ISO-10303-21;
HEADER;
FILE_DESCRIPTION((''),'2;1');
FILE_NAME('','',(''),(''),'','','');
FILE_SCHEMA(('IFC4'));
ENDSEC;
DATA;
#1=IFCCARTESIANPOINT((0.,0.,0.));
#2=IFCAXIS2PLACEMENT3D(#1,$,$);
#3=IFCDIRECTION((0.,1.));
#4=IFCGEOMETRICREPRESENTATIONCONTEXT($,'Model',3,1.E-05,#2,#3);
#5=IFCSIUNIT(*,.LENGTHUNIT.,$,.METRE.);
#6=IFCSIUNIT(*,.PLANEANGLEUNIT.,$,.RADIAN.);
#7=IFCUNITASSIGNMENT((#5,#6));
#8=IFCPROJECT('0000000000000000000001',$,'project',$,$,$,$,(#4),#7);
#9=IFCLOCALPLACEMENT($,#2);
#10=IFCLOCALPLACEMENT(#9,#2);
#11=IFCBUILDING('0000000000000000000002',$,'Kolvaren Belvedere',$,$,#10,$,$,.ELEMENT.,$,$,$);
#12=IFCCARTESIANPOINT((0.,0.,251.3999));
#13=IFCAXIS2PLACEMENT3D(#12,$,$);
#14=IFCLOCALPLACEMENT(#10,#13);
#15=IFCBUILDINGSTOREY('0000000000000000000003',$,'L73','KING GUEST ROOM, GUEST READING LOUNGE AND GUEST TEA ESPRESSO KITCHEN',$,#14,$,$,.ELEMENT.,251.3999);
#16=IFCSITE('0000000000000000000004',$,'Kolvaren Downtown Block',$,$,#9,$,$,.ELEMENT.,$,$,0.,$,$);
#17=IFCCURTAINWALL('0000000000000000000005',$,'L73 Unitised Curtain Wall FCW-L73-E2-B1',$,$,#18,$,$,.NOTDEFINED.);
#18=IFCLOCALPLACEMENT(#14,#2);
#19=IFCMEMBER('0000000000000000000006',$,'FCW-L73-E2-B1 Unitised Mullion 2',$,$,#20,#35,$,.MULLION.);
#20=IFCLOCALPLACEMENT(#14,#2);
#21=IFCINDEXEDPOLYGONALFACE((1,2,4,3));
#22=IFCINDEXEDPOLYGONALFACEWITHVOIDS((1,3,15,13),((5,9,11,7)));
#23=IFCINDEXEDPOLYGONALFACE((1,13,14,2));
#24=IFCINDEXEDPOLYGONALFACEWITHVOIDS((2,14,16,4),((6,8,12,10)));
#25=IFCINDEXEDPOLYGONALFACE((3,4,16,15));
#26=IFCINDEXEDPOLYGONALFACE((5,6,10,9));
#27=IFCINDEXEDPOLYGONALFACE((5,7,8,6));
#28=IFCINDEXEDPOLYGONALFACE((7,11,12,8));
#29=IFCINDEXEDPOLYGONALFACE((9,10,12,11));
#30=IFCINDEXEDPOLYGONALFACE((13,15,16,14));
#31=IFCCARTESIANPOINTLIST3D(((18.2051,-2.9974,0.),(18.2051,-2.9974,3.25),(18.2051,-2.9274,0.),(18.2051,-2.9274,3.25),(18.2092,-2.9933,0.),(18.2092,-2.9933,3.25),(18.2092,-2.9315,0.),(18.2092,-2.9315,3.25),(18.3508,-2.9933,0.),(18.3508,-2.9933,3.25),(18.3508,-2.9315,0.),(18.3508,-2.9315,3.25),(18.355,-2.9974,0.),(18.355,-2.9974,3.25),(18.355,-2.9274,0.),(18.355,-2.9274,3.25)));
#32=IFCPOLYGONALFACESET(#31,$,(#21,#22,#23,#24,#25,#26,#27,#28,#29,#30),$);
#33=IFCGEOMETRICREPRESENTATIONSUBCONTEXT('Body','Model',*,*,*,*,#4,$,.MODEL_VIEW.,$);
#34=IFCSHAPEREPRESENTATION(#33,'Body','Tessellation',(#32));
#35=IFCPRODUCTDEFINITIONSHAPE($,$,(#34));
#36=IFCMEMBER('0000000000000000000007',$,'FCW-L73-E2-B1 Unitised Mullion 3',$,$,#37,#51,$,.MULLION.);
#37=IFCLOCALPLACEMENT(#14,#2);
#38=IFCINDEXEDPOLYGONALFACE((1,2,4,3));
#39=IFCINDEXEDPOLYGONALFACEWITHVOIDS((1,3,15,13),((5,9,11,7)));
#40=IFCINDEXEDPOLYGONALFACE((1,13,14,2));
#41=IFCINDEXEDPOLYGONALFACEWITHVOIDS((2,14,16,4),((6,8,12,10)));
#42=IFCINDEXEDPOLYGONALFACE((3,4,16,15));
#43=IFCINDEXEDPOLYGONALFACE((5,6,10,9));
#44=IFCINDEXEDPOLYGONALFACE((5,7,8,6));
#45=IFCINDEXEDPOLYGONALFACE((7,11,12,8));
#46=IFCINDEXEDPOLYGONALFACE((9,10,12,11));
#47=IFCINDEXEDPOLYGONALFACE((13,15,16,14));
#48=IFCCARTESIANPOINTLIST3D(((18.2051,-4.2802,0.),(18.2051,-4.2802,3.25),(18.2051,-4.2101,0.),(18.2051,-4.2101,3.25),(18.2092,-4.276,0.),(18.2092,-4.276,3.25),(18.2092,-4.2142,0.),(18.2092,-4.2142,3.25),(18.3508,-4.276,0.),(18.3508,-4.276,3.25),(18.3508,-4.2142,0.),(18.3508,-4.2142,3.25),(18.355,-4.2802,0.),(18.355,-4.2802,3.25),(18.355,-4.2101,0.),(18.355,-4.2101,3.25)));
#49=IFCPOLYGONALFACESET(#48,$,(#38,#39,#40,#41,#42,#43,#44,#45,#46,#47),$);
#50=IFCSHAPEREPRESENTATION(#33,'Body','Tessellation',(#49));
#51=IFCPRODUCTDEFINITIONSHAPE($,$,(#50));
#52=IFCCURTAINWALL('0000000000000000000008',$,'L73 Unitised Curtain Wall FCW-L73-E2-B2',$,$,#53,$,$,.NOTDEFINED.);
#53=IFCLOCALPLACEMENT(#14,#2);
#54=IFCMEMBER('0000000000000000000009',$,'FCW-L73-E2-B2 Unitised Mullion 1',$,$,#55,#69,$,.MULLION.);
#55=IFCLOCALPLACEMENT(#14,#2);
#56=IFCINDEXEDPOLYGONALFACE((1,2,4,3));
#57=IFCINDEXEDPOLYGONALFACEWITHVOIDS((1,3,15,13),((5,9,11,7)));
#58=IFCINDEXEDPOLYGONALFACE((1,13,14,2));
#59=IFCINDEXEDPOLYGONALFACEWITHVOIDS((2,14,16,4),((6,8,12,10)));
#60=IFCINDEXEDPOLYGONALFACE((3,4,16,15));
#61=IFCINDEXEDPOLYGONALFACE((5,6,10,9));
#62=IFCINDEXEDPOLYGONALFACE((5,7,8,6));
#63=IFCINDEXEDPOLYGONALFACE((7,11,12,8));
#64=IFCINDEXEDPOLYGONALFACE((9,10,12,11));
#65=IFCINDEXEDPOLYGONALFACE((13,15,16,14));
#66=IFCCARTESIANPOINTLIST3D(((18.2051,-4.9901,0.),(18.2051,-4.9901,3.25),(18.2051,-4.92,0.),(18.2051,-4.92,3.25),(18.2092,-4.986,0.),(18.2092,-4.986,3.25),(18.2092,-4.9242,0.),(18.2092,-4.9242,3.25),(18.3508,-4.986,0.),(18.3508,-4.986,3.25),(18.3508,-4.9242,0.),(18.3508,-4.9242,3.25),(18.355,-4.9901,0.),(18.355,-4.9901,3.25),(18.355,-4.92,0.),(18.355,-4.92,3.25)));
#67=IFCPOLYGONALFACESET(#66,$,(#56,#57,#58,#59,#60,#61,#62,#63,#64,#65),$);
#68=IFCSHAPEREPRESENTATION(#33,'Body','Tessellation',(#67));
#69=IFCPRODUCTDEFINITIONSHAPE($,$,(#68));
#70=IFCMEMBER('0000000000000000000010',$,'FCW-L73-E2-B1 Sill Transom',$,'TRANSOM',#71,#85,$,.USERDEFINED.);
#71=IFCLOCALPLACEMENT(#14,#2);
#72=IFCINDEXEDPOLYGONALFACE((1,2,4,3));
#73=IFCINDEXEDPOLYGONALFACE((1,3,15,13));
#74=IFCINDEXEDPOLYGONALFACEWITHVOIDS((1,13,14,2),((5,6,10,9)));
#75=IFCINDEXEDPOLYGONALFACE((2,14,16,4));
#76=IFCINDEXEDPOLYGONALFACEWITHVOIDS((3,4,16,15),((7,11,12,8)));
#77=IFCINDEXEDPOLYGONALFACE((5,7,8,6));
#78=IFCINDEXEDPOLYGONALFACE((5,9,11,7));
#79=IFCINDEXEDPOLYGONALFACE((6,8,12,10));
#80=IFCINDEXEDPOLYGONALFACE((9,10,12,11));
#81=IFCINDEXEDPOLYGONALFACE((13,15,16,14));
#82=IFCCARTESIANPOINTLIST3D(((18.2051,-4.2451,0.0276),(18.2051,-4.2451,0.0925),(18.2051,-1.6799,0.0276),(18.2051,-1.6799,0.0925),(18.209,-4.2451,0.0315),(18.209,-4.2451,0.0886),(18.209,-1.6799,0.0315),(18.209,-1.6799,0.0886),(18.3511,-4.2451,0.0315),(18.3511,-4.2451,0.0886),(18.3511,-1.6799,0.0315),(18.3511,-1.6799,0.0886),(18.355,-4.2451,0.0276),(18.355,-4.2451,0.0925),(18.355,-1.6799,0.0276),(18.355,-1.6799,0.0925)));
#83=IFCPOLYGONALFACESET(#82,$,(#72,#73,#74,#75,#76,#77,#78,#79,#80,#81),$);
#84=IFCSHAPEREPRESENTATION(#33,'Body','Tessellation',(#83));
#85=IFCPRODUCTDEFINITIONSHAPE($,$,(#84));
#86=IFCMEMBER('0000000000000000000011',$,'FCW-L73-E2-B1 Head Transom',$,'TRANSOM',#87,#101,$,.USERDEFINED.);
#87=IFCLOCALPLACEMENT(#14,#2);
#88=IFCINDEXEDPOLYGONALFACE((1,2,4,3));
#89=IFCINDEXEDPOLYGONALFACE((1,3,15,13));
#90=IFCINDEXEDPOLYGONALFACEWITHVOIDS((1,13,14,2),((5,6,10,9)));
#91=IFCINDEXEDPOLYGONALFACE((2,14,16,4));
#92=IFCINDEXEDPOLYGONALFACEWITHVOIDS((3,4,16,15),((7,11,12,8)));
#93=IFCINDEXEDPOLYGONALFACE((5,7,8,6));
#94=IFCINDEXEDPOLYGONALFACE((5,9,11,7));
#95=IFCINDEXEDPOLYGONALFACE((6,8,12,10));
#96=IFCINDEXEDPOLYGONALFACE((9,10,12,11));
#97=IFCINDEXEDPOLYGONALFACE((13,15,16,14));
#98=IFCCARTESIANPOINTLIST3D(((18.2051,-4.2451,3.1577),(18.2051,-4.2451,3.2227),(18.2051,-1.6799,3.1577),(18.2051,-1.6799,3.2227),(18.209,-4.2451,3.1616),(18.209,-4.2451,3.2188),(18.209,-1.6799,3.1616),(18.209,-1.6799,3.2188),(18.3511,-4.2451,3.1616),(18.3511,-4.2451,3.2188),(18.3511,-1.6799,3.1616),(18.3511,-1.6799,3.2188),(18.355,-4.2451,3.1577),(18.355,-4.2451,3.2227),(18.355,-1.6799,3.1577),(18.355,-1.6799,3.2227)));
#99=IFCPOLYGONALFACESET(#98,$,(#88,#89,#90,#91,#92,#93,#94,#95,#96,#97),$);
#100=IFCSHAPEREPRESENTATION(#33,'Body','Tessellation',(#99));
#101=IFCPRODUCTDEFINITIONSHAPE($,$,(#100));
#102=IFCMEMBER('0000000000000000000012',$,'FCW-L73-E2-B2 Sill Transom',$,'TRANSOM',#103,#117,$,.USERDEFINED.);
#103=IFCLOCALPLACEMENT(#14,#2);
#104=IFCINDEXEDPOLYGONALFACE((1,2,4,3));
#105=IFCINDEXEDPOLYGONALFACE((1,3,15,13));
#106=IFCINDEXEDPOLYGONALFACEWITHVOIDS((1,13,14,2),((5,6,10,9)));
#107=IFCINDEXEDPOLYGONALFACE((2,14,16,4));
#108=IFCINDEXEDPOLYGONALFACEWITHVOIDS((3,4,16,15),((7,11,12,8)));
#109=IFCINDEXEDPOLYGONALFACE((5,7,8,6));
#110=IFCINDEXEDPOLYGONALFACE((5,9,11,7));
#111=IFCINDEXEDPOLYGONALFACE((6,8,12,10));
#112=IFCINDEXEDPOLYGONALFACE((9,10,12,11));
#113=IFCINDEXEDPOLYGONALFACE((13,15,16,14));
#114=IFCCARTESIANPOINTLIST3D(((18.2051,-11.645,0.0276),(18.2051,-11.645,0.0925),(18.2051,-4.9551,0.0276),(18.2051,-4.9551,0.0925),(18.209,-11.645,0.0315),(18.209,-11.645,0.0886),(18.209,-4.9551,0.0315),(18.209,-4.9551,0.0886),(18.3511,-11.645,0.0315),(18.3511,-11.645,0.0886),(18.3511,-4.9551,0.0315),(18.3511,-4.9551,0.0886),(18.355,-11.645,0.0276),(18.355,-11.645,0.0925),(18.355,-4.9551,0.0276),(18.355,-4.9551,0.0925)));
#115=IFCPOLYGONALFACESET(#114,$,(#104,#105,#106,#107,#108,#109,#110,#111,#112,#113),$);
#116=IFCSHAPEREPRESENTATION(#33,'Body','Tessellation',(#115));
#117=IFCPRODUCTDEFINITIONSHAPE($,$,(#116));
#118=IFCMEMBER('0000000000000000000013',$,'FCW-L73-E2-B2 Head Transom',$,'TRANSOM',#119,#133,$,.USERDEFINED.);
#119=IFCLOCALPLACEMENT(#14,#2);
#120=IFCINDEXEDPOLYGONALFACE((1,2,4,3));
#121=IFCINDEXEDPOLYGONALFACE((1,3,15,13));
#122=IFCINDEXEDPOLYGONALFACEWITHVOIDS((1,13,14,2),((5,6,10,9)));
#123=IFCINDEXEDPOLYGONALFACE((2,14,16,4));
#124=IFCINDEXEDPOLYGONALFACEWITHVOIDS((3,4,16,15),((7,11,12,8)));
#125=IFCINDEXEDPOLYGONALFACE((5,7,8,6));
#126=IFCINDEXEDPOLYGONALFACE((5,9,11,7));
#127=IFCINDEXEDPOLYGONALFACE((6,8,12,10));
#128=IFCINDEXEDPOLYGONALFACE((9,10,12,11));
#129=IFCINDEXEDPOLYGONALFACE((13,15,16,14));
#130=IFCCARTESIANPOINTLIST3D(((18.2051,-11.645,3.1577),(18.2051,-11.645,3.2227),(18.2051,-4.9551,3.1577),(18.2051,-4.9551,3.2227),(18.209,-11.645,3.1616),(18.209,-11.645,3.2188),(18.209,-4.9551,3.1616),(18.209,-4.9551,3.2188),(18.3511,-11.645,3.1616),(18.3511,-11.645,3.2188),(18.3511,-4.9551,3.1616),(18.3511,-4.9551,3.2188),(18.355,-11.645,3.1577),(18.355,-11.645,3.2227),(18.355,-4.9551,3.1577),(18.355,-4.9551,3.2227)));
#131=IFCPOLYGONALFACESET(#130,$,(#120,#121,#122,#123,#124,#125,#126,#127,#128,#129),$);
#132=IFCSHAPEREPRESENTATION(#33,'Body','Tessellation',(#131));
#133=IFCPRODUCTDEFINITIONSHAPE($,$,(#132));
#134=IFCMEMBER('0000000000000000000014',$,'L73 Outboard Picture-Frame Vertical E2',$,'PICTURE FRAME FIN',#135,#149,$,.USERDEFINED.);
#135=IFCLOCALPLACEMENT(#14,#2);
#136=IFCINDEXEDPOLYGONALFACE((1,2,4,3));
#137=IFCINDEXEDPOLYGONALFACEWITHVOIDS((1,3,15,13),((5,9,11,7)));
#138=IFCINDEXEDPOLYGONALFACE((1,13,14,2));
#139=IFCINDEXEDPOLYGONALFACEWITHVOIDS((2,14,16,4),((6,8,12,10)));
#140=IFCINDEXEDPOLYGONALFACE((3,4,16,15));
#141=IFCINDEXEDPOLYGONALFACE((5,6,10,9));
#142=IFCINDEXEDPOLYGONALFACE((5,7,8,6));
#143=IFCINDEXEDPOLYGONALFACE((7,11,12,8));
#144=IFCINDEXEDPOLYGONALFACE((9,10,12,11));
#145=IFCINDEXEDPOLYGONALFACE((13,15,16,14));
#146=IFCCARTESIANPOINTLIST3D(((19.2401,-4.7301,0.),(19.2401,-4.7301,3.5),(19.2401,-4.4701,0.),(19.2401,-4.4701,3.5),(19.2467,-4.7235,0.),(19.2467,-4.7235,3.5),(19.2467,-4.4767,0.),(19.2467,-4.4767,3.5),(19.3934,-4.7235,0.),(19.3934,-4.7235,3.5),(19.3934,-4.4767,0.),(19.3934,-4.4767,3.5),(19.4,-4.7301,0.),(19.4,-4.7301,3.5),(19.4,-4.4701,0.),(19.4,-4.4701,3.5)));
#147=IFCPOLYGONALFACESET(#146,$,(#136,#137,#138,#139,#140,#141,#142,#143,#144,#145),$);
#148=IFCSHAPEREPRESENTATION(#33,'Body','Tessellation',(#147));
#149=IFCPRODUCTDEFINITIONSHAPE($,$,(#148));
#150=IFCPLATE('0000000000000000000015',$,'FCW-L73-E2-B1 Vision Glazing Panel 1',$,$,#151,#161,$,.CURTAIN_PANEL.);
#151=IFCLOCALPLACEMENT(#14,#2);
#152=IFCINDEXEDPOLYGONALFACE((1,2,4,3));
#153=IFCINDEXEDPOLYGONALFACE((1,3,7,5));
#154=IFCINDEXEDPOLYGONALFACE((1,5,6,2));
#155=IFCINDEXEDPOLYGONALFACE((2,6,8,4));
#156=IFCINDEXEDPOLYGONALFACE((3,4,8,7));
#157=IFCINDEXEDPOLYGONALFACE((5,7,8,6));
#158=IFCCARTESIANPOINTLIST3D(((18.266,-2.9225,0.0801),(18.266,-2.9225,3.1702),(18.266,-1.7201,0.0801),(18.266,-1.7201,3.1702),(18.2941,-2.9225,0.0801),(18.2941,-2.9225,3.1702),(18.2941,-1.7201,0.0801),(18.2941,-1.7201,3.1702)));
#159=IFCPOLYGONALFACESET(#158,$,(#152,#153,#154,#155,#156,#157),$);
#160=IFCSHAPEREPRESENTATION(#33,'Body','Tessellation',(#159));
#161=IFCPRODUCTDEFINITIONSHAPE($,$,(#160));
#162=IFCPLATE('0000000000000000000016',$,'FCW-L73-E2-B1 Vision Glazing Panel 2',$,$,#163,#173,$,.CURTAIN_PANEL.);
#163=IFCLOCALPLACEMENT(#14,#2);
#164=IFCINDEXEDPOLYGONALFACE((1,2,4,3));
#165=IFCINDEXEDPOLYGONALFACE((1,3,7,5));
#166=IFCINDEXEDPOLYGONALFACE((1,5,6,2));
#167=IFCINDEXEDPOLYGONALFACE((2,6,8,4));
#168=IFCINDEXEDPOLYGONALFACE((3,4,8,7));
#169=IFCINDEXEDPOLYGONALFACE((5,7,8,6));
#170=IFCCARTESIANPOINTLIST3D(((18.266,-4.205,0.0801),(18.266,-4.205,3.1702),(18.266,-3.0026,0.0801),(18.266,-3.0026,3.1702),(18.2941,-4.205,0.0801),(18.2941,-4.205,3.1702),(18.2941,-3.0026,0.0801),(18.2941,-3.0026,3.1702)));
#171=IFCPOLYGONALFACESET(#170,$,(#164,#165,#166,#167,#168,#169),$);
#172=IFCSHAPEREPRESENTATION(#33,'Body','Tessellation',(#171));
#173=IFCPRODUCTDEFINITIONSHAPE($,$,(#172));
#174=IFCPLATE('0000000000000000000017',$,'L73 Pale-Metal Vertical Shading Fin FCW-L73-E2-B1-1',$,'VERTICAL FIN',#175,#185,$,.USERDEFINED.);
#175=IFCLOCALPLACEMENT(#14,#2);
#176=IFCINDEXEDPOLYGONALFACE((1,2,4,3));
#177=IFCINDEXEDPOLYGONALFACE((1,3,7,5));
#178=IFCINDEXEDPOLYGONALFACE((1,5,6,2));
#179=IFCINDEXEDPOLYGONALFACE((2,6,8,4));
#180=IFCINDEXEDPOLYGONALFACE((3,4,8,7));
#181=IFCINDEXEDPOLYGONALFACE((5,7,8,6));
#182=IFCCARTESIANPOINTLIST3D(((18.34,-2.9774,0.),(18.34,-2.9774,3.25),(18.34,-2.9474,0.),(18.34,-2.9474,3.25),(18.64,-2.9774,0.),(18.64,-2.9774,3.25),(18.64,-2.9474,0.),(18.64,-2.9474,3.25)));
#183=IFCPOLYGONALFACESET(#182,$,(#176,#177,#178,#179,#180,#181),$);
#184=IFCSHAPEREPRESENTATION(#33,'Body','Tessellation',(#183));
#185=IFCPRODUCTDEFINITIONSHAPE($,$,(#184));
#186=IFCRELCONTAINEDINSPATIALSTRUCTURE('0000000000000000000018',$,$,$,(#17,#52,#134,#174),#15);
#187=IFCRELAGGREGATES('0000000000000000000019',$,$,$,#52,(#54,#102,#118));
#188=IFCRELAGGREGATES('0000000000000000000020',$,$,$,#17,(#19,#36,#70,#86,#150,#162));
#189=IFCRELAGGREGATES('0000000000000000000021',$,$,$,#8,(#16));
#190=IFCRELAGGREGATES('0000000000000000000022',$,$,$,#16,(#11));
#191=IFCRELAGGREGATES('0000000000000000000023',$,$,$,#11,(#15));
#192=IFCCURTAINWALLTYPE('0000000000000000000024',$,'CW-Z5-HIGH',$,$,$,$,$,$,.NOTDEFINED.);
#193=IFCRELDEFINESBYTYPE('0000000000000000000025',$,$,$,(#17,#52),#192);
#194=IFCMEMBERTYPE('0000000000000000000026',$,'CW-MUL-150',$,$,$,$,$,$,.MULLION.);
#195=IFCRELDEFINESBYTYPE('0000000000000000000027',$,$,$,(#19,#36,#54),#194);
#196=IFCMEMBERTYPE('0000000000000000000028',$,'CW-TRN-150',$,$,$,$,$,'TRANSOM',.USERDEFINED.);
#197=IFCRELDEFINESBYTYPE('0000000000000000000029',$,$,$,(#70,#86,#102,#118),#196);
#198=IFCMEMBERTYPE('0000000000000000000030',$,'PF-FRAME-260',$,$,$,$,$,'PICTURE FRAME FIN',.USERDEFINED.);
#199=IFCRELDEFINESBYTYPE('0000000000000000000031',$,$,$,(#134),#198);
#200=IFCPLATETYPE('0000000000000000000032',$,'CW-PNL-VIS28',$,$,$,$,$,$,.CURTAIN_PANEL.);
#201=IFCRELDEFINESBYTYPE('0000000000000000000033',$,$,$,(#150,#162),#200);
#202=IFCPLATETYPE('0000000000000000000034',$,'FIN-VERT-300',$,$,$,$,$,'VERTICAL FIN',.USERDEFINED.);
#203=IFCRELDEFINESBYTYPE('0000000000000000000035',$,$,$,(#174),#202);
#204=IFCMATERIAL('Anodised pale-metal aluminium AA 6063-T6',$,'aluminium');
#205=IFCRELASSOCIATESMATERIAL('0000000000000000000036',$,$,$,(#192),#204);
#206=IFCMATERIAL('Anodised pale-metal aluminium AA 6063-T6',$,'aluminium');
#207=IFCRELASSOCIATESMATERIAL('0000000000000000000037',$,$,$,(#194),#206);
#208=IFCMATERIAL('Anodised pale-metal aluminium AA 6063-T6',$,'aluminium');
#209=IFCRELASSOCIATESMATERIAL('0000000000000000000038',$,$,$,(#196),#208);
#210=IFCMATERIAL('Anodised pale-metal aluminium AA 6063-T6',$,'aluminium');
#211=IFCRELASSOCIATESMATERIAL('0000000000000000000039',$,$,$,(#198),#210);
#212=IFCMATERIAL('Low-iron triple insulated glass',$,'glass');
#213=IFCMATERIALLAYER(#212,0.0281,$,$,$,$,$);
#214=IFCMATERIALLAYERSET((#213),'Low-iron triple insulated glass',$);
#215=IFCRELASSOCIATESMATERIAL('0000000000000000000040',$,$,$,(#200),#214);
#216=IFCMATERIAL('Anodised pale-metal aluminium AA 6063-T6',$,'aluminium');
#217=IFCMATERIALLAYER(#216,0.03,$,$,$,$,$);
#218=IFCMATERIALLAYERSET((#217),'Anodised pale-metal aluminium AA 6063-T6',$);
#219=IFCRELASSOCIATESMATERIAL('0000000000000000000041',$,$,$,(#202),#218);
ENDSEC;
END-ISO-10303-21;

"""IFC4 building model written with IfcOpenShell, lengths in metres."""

from ifc_helpers import new_model, si_unit, direction, frame, origin, origin_2d, place, context, subcontext, project, spatial, rectangle, hollow_rectangle, extrude, material, layer, layer_set, material_profile, profile_set, type_object, element, aggregate, save


model = new_model("IFC4")

# Units and contexts
model_context = context("Model", 3, precision=1e-05, world=origin(), true_north=direction((0.0, 1.0)))
body_context = subcontext(model_context, "Body", "Model", "MODEL_VIEW")
ifc_project = project(units=[si_unit("LENGTHUNIT", "METRE"), si_unit("PLANEANGLEUNIT", "RADIAN")], contexts=[model_context])

# Site, building, storey
site_placement = place(None, origin())
site = spatial("IfcSite", under=ifc_project, at=site_placement, Name="Kolvaren Downtown Block", CompositionType="ELEMENT", RefElevation=0.0)
building_placement = place(site_placement, origin())
building = spatial("IfcBuilding", under=site, at=building_placement, Name="Kolvaren Belvedere", CompositionType="ELEMENT")
storey_placement = place(building_placement, frame((0.0, 0.0, 251.3999)))
storey = spatial("IfcBuildingStorey", under=building, at=storey_placement, Name="L73", Description="KING GUEST ROOM, GUEST READING LOUNGE AND GUEST TEA ESPRESSO KITCHEN", CompositionType="ELEMENT", Elevation=251.3999)

# Curtain wall, members
ifc_material_1 = material(Name="Anodised pale-metal aluminium AA 6063-T6", Category="aluminium")
curtain_wall_type = type_object("IfcCurtainWallType", Name="CW-Z5-HIGH", PredefinedType="NOTDEFINED", material=ifc_material_1)
curtain_wall_1_placement = place(storey_placement, origin())
curtain_wall_1 = element("IfcCurtainWall", 1, at=curtain_wall_1_placement, inside=storey, type_object=curtain_wall_type, Name="L73 Unitised Curtain Wall FCW-L73-E2-B1", PredefinedType="NOTDEFINED")
ifc_material_2 = material(Name="Anodised pale-metal aluminium AA 6063-T6", Category="aluminium")
ifc_material_profile_1 = material_profile(ifc_material_2, hollow_rectangle(XDim=0.0701, YDim=0.1499, WallThickness=0.0042, at=origin_2d()), Name="ALU-MUL-150X70")
ifc_profile_set_1 = profile_set([ifc_material_profile_1], Name="Anodised pale-metal aluminium AA 6063-T6")
member_type_1 = type_object("IfcMemberType", Name="CW-MUL-150", PredefinedType="MULLION", material=ifc_profile_set_1)
member_1_placement = place(storey_placement, frame((18.28, -2.9624, 0.0), z_axis=(0.0, 0.0, 1.0), x_axis=(0.0, 1.0, 0.0)))
member_1 = element("IfcMember", 2, at=member_1_placement, type_object=member_type_1, Name="FCW-L73-E2-B1 Unitised Mullion 2", PredefinedType="MULLION", context=body_context, shape_type="SweptSolid", body=[
    extrude(hollow_rectangle(XDim=0.0701, YDim=0.1499, WallThickness=0.0042, at=origin_2d()), origin(), (0.0, 0.0, 1.0), 3.25),
])
member_2_placement = place(storey_placement, frame((18.28, -4.2451, 0.0), z_axis=(0.0, 0.0, 1.0), x_axis=(0.0, 1.0, 0.0)))
member_2 = element("IfcMember", 3, at=member_2_placement, type_object=member_type_1, Name="FCW-L73-E2-B1 Unitised Mullion 3", PredefinedType="MULLION", context=body_context, shape_type="SweptSolid", body=[
    extrude(hollow_rectangle(XDim=0.0701, YDim=0.1499, WallThickness=0.0042, at=origin_2d()), origin(), (0.0, 0.0, 1.0), 3.25),
])

# Curtain wall, member
curtain_wall_2_placement = place(storey_placement, origin())
curtain_wall_2 = element("IfcCurtainWall", 4, at=curtain_wall_2_placement, inside=storey, type_object=curtain_wall_type, Name="L73 Unitised Curtain Wall FCW-L73-E2-B2", PredefinedType="NOTDEFINED")
member_3_placement = place(storey_placement, frame((18.28, -4.9551, 0.0), z_axis=(0.0, 0.0, 1.0), x_axis=(0.0, 1.0, 0.0)))
member_3 = element("IfcMember", 5, at=member_3_placement, type_object=member_type_1, Name="FCW-L73-E2-B2 Unitised Mullion 1", PredefinedType="MULLION", context=body_context, shape_type="SweptSolid", body=[
    extrude(hollow_rectangle(XDim=0.0701, YDim=0.1499, WallThickness=0.0042, at=origin_2d()), origin(), (0.0, 0.0, 1.0), 3.25),
])

# Members
ifc_material_3 = material(Name="Anodised pale-metal aluminium AA 6063-T6", Category="aluminium")
ifc_material_profile_2 = material_profile(ifc_material_3, hollow_rectangle(XDim=0.0649, YDim=0.1499, WallThickness=0.0039, at=origin_2d()), Name="ALU-TRN-150X65")
ifc_profile_set_2 = profile_set([ifc_material_profile_2], Name="Anodised pale-metal aluminium AA 6063-T6")
member_type_2 = type_object("IfcMemberType", Name="CW-TRN-150", ElementType="TRANSOM", PredefinedType="USERDEFINED", material=ifc_profile_set_2)
member_4_placement = place(storey_placement, frame((18.28, -1.6799, 0.0601), z_axis=(0.0, -1.0, 0.0), x_axis=(0.0, 0.0, 1.0)))
member_4 = element("IfcMember", 6, at=member_4_placement, type_object=member_type_2, Name="FCW-L73-E2-B1 Sill Transom", ObjectType="TRANSOM", PredefinedType="USERDEFINED", context=body_context, shape_type="SweptSolid", body=[
    extrude(hollow_rectangle(XDim=0.0649, YDim=0.1499, WallThickness=0.0039, at=origin_2d()), origin(), (0.0, 0.0, 1.0), 2.5652),
])
member_5_placement = place(storey_placement, frame((18.28, -1.6799, 3.1902), z_axis=(0.0, -1.0, 0.0), x_axis=(0.0, 0.0, 1.0)))
member_5 = element("IfcMember", 7, at=member_5_placement, type_object=member_type_2, Name="FCW-L73-E2-B1 Head Transom", ObjectType="TRANSOM", PredefinedType="USERDEFINED", context=body_context, shape_type="SweptSolid", body=[
    extrude(hollow_rectangle(XDim=0.0649, YDim=0.1499, WallThickness=0.0039, at=origin_2d()), origin(), (0.0, 0.0, 1.0), 2.5652),
])
member_6_placement = place(storey_placement, frame((18.28, -4.9551, 0.0601), z_axis=(0.0, -1.0, 0.0), x_axis=(0.0, 0.0, 1.0)))
member_6 = element("IfcMember", 8, at=member_6_placement, type_object=member_type_2, Name="FCW-L73-E2-B2 Sill Transom", ObjectType="TRANSOM", PredefinedType="USERDEFINED", context=body_context, shape_type="SweptSolid", body=[
    extrude(hollow_rectangle(XDim=0.0649, YDim=0.1499, WallThickness=0.0039, at=origin_2d()), origin(), (0.0, 0.0, 1.0), 6.6899),
])
member_7_placement = place(storey_placement, frame((18.28, -4.9551, 3.1902), z_axis=(0.0, -1.0, 0.0), x_axis=(0.0, 0.0, 1.0)))
member_7 = element("IfcMember", 9, at=member_7_placement, type_object=member_type_2, Name="FCW-L73-E2-B2 Head Transom", ObjectType="TRANSOM", PredefinedType="USERDEFINED", context=body_context, shape_type="SweptSolid", body=[
    extrude(hollow_rectangle(XDim=0.0649, YDim=0.1499, WallThickness=0.0039, at=origin_2d()), origin(), (0.0, 0.0, 1.0), 6.6899),
])
aggregate(curtain_wall_2, [member_3, member_6, member_7])
ifc_material_4 = material(Name="Anodised pale-metal aluminium AA 6063-T6", Category="aluminium")
ifc_material_profile_3 = material_profile(ifc_material_4, hollow_rectangle(XDim=0.1599, YDim=0.26, WallThickness=0.0066, at=origin_2d()), Name="ALU-PF-260X160")
ifc_profile_set_3 = profile_set([ifc_material_profile_3], Name="Anodised pale-metal aluminium AA 6063-T6")
member_type_3 = type_object("IfcMemberType", Name="PF-FRAME-260", ElementType="PICTURE FRAME FIN", PredefinedType="USERDEFINED", material=ifc_profile_set_3)
member_8_placement = place(storey_placement, frame((19.3201, -4.6001, 0.0), z_axis=(0.0, 0.0, 1.0), x_axis=(1.0, 0.0, 0.0)))
element("IfcMember", 10, at=member_8_placement, inside=storey, type_object=member_type_3, Name="L73 Outboard Picture-Frame Vertical E2", ObjectType="PICTURE FRAME FIN", PredefinedType="USERDEFINED", context=body_context, shape_type="SweptSolid", body=[
    extrude(hollow_rectangle(XDim=0.1599, YDim=0.26, WallThickness=0.0066, at=origin_2d()), origin(), (0.0, 0.0, 1.0), 3.5),
])

# Plates
ifc_material_5 = material(Name="Low-iron triple insulated glass", Category="glass")
ifc_layer_1 = layer(ifc_material_5, 0.0281)
ifc_layer_set_1 = layer_set([ifc_layer_1], Name="Low-iron triple insulated glass")
plate_type_1 = type_object("IfcPlateType", Name="CW-PNL-VIS28", PredefinedType="CURTAIN_PANEL", material=ifc_layer_set_1)
plate_1_placement = place(storey_placement, frame((18.28, -2.3213, 0.0801), z_axis=(0.0, 0.0, 1.0), x_axis=(0.0, -1.0, 0.0)))
plate_1 = element("IfcPlate", 11, at=plate_1_placement, type_object=plate_type_1, Name="FCW-L73-E2-B1 Vision Glazing Panel 1", PredefinedType="CURTAIN_PANEL", context=body_context, shape_type="SweptSolid", body=[
    extrude(rectangle(XDim=1.2024, YDim=0.0281, at=origin_2d()), origin(), (0.0, 0.0, 1.0), 3.0901),
])
plate_2_placement = place(storey_placement, frame((18.28, -3.6038, 0.0801), z_axis=(0.0, 0.0, 1.0), x_axis=(0.0, -1.0, 0.0)))
plate_2 = element("IfcPlate", 12, at=plate_2_placement, type_object=plate_type_1, Name="FCW-L73-E2-B1 Vision Glazing Panel 2", PredefinedType="CURTAIN_PANEL", context=body_context, shape_type="SweptSolid", body=[
    extrude(rectangle(XDim=1.2024, YDim=0.0281, at=origin_2d()), origin(), (0.0, 0.0, 1.0), 3.0901),
])
aggregate(curtain_wall_1, [member_1, member_2, member_4, member_5, plate_1, plate_2])
ifc_material_6 = material(Name="Anodised pale-metal aluminium AA 6063-T6", Category="aluminium")
ifc_layer_2 = layer(ifc_material_6, 0.03)
ifc_layer_set_2 = layer_set([ifc_layer_2], Name="Anodised pale-metal aluminium AA 6063-T6")
plate_type_2 = type_object("IfcPlateType", Name="FIN-VERT-300", ElementType="VERTICAL FIN", PredefinedType="USERDEFINED", material=ifc_layer_set_2)
plate_3_placement = place(storey_placement, frame((18.49, -2.9624, 0.0), z_axis=(0.0, 0.0, 1.0), x_axis=(1.0, 0.0, 0.0)))
element("IfcPlate", 13, at=plate_3_placement, inside=storey, type_object=plate_type_2, Name="L73 Pale-Metal Vertical Shading Fin FCW-L73-E2-B1-1", ObjectType="VERTICAL FIN", PredefinedType="USERDEFINED", context=body_context, shape_type="SweptSolid", body=[
    extrude(rectangle(XDim=0.3, YDim=0.03, at=origin_2d()), origin(), (0.0, 0.0, 1.0), 3.25),
])

save(model, "model.ifc")
